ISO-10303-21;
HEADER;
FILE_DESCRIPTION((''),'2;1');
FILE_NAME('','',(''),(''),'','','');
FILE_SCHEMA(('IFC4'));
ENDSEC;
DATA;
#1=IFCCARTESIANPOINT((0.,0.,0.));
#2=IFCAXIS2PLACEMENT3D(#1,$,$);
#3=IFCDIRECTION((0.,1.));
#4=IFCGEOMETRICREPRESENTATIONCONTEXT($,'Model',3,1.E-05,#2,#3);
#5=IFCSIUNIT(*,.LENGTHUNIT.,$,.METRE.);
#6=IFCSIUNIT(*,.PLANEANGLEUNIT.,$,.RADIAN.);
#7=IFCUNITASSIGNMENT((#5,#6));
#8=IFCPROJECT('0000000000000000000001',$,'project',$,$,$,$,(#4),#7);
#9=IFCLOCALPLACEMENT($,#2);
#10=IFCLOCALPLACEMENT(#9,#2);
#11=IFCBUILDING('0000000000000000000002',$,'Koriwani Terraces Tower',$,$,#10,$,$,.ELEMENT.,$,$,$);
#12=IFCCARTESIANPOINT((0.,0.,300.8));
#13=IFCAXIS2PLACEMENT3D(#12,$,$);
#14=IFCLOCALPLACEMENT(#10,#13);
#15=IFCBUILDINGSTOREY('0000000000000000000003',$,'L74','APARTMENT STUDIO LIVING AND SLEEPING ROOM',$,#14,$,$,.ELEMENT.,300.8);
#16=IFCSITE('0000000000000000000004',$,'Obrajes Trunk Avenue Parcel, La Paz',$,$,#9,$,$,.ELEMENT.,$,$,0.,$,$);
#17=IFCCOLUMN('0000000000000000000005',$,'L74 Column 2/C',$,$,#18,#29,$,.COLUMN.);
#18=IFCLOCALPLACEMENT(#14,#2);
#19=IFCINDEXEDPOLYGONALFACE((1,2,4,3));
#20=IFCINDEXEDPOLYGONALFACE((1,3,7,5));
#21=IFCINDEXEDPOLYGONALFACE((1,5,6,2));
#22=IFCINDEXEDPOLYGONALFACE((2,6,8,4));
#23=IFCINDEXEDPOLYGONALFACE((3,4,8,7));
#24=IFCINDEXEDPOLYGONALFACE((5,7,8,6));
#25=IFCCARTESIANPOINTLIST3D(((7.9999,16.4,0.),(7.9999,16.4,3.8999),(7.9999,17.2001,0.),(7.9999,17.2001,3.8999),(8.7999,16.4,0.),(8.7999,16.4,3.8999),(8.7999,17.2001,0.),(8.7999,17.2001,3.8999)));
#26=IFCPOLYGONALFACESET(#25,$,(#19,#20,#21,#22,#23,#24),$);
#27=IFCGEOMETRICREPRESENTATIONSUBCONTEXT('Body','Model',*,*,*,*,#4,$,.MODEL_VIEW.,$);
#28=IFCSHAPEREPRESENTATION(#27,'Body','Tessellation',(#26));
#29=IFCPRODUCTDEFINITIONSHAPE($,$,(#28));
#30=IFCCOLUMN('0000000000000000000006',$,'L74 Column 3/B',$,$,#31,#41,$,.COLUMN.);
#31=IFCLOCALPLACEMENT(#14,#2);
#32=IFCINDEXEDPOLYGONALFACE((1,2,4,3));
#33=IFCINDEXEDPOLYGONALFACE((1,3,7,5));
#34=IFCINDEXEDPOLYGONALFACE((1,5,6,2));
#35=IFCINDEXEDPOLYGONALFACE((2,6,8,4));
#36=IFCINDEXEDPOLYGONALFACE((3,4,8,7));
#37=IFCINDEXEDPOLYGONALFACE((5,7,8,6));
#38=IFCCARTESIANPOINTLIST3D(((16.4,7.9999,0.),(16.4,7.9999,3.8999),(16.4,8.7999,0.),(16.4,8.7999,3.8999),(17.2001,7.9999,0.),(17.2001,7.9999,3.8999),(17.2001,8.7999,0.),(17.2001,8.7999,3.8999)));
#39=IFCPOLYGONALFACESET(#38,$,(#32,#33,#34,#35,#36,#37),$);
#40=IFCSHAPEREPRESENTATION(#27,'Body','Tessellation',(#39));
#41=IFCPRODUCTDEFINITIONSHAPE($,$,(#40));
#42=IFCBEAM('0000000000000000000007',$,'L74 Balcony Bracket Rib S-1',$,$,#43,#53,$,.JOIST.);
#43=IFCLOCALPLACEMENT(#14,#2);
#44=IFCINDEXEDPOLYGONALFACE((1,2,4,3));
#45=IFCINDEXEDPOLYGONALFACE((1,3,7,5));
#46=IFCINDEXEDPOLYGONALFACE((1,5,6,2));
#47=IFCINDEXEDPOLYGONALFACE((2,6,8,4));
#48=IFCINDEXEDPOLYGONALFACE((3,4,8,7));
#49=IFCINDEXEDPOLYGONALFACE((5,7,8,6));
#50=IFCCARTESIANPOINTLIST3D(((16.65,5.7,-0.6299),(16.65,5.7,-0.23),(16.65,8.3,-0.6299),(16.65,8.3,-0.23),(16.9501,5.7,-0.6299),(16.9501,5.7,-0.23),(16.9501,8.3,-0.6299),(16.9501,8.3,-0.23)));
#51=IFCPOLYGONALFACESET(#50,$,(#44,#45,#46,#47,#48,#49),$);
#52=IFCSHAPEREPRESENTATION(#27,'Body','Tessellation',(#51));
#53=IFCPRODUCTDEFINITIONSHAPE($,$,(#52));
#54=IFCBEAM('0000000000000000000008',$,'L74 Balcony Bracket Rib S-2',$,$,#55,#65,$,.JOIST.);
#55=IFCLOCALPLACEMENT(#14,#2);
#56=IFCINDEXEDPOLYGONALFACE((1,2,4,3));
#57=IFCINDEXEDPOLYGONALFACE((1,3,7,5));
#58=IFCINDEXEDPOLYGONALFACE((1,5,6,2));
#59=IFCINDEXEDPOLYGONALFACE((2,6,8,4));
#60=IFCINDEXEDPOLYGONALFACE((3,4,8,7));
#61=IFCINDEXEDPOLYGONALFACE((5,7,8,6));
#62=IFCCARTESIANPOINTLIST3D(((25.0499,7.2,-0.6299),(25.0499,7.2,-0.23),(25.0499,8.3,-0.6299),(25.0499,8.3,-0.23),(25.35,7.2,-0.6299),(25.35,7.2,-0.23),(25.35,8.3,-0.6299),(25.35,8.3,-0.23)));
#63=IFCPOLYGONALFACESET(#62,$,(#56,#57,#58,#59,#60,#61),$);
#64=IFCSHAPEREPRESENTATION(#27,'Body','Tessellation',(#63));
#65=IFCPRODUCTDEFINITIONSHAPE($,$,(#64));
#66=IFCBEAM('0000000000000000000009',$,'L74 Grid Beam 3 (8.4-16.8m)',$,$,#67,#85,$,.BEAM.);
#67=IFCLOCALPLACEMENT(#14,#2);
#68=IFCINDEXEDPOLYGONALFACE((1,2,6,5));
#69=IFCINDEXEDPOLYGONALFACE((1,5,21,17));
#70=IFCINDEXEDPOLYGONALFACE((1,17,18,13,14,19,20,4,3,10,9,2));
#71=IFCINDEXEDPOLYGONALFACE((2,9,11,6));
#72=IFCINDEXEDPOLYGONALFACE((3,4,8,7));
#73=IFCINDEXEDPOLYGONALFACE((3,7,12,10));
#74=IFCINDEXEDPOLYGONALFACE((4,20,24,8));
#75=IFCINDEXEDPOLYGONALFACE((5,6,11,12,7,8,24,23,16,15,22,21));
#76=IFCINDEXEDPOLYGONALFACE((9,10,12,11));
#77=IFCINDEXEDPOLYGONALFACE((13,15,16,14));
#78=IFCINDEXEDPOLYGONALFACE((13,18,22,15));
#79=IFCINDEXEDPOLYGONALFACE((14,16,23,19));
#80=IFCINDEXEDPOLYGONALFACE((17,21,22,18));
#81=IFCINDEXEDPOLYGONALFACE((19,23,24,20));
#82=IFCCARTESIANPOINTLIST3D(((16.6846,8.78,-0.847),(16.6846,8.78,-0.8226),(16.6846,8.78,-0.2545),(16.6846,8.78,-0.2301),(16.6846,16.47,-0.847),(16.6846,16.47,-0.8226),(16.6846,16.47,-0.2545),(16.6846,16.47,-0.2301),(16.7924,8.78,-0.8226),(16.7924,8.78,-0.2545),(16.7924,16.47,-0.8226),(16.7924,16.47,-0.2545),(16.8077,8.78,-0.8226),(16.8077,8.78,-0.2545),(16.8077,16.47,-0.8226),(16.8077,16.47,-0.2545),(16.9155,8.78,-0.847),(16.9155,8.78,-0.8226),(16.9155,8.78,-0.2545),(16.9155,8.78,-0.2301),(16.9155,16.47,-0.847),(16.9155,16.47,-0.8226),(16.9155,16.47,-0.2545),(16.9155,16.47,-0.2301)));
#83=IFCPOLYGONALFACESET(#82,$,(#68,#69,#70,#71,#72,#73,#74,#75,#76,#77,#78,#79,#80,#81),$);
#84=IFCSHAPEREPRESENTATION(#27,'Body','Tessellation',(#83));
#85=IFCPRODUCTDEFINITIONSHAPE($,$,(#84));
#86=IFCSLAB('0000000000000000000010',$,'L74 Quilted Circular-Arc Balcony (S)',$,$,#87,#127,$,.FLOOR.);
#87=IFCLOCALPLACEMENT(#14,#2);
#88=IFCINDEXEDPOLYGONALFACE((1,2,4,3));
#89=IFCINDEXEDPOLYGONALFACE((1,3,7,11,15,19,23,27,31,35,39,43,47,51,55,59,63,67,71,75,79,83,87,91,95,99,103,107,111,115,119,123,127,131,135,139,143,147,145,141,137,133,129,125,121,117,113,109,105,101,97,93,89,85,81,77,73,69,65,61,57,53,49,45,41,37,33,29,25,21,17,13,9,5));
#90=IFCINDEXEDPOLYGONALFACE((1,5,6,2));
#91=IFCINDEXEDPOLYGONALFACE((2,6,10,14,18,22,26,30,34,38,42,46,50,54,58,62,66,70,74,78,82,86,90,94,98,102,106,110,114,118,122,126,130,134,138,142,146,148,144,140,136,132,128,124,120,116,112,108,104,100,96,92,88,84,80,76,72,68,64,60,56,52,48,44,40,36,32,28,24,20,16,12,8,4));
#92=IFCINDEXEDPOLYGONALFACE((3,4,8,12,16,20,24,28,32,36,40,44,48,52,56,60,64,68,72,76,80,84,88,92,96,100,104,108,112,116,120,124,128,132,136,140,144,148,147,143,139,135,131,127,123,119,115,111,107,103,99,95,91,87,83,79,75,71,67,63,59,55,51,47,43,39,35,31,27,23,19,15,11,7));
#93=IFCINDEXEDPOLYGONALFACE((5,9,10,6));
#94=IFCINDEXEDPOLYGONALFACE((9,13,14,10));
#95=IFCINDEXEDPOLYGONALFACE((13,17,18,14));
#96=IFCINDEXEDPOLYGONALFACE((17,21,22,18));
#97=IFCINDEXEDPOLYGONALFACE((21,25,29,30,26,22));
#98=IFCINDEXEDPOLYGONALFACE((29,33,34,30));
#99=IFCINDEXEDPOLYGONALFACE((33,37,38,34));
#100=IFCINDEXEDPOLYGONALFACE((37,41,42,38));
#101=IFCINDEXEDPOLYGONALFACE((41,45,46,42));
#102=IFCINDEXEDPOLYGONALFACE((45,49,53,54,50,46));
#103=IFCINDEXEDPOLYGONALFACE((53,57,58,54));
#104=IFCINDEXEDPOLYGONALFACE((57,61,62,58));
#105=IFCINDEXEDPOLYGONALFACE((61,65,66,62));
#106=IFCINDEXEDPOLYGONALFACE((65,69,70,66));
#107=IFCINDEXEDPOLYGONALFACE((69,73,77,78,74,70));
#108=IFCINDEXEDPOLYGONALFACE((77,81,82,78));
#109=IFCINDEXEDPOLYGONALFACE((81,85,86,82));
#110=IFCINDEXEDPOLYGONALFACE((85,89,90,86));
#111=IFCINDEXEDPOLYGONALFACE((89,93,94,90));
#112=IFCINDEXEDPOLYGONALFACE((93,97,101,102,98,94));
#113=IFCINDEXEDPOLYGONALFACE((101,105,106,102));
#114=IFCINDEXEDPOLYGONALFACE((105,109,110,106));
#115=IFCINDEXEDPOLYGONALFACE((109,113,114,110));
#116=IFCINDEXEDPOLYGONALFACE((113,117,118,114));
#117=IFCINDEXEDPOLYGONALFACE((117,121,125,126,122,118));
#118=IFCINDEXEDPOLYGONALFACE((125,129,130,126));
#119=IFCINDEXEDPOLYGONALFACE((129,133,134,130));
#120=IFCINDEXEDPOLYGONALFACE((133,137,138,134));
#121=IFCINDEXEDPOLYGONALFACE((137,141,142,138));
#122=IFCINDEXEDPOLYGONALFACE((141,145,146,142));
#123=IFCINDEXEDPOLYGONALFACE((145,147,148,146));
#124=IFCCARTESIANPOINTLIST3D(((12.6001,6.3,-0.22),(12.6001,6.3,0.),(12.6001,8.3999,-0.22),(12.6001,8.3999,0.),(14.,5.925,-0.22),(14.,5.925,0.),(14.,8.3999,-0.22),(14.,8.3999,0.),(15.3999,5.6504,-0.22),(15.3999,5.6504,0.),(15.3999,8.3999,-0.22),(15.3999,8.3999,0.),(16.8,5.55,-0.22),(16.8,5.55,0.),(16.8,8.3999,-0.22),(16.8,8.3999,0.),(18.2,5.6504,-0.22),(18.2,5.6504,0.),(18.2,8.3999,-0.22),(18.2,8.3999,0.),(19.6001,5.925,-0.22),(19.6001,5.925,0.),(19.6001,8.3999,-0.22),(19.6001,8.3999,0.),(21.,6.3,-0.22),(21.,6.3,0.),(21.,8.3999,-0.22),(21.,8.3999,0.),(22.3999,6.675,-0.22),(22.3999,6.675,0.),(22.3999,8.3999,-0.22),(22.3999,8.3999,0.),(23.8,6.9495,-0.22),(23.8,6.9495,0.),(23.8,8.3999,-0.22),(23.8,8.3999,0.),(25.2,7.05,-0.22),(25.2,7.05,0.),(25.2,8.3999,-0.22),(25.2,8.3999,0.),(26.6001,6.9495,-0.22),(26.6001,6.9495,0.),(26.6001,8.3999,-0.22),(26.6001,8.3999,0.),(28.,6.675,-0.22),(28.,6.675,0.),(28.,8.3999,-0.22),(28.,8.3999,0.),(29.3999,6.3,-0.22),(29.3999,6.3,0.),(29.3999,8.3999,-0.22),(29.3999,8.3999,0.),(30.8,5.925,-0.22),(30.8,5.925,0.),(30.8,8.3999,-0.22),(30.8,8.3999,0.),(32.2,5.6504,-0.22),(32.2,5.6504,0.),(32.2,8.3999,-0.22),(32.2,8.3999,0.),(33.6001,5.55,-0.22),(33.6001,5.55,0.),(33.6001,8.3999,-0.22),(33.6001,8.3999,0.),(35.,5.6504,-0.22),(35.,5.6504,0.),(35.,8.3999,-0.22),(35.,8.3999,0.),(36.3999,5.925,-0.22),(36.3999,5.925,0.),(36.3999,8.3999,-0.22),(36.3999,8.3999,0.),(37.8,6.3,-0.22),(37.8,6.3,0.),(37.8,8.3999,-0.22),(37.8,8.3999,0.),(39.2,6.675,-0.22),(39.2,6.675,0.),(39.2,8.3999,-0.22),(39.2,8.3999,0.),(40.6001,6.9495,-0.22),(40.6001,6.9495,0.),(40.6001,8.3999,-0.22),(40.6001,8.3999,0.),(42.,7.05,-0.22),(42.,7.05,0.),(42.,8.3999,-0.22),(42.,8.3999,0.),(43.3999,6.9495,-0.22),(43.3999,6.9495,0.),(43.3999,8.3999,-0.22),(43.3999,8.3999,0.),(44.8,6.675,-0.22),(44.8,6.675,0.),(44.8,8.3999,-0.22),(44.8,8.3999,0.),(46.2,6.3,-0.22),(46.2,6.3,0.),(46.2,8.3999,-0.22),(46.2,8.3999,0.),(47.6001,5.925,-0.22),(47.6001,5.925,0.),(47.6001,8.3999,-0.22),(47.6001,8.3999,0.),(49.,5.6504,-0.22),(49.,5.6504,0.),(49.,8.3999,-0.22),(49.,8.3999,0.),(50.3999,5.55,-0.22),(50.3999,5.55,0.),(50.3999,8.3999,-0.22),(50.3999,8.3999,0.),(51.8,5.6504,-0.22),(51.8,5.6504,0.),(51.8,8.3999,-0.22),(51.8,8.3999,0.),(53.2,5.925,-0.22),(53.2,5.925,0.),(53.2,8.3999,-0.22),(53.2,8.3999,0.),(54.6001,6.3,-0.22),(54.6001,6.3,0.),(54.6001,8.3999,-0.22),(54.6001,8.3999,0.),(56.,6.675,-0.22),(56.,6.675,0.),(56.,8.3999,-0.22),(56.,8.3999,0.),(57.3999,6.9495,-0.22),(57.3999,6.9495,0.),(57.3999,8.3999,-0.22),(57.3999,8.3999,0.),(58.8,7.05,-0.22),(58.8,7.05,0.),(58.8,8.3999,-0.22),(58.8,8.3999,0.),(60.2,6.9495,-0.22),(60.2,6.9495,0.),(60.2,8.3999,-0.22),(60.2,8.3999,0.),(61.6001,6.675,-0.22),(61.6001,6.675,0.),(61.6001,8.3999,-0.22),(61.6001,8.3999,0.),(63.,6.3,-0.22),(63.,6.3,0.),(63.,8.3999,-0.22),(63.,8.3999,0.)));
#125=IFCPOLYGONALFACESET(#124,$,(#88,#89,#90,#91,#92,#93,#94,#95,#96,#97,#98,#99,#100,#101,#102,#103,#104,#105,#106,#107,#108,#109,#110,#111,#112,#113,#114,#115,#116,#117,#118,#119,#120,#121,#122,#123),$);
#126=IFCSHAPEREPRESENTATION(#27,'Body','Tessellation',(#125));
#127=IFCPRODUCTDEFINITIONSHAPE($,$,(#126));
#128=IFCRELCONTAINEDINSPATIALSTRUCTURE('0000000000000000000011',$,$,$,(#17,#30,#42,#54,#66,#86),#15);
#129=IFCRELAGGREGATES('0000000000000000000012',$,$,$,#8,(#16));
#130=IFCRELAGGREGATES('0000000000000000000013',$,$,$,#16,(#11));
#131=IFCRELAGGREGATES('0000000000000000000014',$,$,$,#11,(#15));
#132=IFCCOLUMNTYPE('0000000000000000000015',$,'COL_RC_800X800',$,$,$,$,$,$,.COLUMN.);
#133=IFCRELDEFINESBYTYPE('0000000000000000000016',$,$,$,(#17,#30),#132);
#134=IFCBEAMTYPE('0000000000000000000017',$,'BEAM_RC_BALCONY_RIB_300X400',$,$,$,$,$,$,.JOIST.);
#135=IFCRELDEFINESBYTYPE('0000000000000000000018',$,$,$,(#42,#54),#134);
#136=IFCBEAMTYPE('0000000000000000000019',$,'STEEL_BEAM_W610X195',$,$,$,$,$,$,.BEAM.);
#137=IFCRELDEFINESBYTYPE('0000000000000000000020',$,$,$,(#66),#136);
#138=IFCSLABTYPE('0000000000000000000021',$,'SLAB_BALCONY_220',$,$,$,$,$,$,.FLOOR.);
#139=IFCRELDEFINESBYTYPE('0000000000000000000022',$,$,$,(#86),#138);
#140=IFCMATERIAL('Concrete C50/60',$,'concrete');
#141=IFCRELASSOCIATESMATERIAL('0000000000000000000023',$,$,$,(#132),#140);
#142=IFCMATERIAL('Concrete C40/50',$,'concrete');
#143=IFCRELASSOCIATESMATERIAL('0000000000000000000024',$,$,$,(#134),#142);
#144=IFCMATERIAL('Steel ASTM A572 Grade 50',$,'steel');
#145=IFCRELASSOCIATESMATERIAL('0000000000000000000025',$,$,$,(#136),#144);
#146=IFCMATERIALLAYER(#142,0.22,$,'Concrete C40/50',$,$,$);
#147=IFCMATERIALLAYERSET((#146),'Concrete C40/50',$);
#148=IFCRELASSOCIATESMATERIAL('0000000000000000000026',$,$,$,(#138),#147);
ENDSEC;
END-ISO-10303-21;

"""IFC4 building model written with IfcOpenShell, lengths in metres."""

from ifc_helpers import new_model, si_unit, direction, frame, origin, origin_2d, place, context, subcontext, project, spatial, polyline, rectangle, i_section, outline, extrude, material, layer, layer_set, material_profile, profile_set, type_object, element, save


model = new_model("IFC4")

# Units and contexts
model_context = context("Model", 3, precision=1e-05, world=origin(), true_north=direction((0.0, 1.0)))
body_context = subcontext(model_context, "Body", "Model", "MODEL_VIEW")
ifc_project = project(units=[si_unit("LENGTHUNIT", "METRE"), si_unit("PLANEANGLEUNIT", "RADIAN")], contexts=[model_context])

# Site, building, storey
site_placement = place(None, origin())
site = spatial("IfcSite", under=ifc_project, at=site_placement, Name="Obrajes Trunk Avenue Parcel, La Paz", CompositionType="ELEMENT", RefElevation=0.0)
building_placement = place(site_placement, origin())
building = spatial("IfcBuilding", under=site, at=building_placement, Name="Koriwani Terraces Tower", CompositionType="ELEMENT")
storey_placement = place(building_placement, frame((0.0, 0.0, 300.8)))
storey = spatial("IfcBuildingStorey", under=building, at=storey_placement, Name="L74", Description="APARTMENT STUDIO LIVING AND SLEEPING ROOM", CompositionType="ELEMENT", Elevation=300.8)

# Columns
ifc_material_1 = material(Name="Concrete C50/60", Category="concrete")
ifc_material_profile_1 = material_profile(ifc_material_1, rectangle(XDim=0.8, YDim=0.8, at=origin_2d()), Name="Concrete C50/60", Category="LoadBearing")
ifc_profile_set_1 = profile_set([ifc_material_profile_1], Name="Concrete C50/60")
column_type = type_object("IfcColumnType", Name="COL_RC_800X800", PredefinedType="COLUMN", material=ifc_profile_set_1)
for number, where, z_axis, x_axis, name in (
    (1, (8.3999, 16.8, 0.0), (0.0, 0.0, 1.0), (1.0, 0.0, 0.0), "L74 Column 2/C"),
    (2, (16.8, 8.3999, 0.0), (0.0, 0.0, 1.0), (1.0, 0.0, 0.0), "L74 Column 3/B"),
):
    element("IfcColumn", number, at=place(storey_placement, frame(where, z_axis=z_axis, x_axis=x_axis)), inside=storey, type_object=column_type, Name=name, PredefinedType="COLUMN", context=body_context, shape_type="SweptSolid", body=[
        extrude(rectangle(XDim=0.8, YDim=0.8, at=origin_2d()), origin(), (0.0, 0.0, 1.0), 3.8999),
    ])

# Beams
ifc_material_2 = material(Name="Concrete C40/50", Category="concrete")
ifc_material_profile_2 = material_profile(ifc_material_2, rectangle(XDim=0.3, YDim=0.3999, at=origin_2d()), Name="Concrete C40/50", Category="LoadBearing")
ifc_profile_set_2 = profile_set([ifc_material_profile_2], Name="Concrete C40/50")
beam_type_1 = type_object("IfcBeamType", Name="BEAM_RC_BALCONY_RIB_300X400", PredefinedType="JOIST", material=ifc_profile_set_2)
beam_1_placement = place(storey_placement, frame((16.8, 5.7, -0.4299), z_axis=(0.0, 1.0, 0.0), x_axis=(-1.0, 0.0, 0.0)))
element("IfcBeam", 3, at=beam_1_placement, inside=storey, type_object=beam_type_1, Name="L74 Balcony Bracket Rib S-1", PredefinedType="JOIST", context=body_context, shape_type="SweptSolid", body=[
    extrude(rectangle(XDim=0.3, YDim=0.3999, at=origin_2d()), origin(), (0.0, 0.0, 1.0), 2.6001),
])
beam_2_placement = place(storey_placement, frame((25.2, 7.2, -0.4299), z_axis=(0.0, 1.0, 0.0), x_axis=(-1.0, 0.0, 0.0)))
element("IfcBeam", 4, at=beam_2_placement, inside=storey, type_object=beam_type_1, Name="L74 Balcony Bracket Rib S-2", PredefinedType="JOIST", context=body_context, shape_type="SweptSolid", body=[
    extrude(rectangle(XDim=0.3, YDim=0.3999, at=origin_2d()), origin(), (0.0, 0.0, 1.0), 1.1001),
])
ifc_material_3 = material(Name="Steel ASTM A572 Grade 50", Category="steel")
ifc_material_profile_3 = material_profile(ifc_material_3, i_section(OverallWidth=0.231, OverallDepth=0.6169, WebThickness=0.0154, FlangeThickness=0.0244, at=origin_2d()), Name="Steel ASTM A572 Grade 50", Category="LoadBearing")
ifc_profile_set_3 = profile_set([ifc_material_profile_3], Name="Steel ASTM A572 Grade 50")
beam_type_2 = type_object("IfcBeamType", Name="STEEL_BEAM_W610X195", PredefinedType="BEAM", material=ifc_profile_set_3)
beam_3_placement = place(storey_placement, frame((16.8, 8.78, -0.5386), z_axis=(0.0, 1.0, 0.0), x_axis=(-1.0, 0.0, 0.0)))
element("IfcBeam", 5, at=beam_3_placement, inside=storey, type_object=beam_type_2, Name="L74 Grid Beam 3 (8.4-16.8m)", PredefinedType="BEAM", context=body_context, shape_type="SweptSolid", body=[
    extrude(i_section(OverallWidth=0.231, OverallDepth=0.6169, WebThickness=0.0154, FlangeThickness=0.0244, at=origin_2d()), origin(), (0.0, 0.0, 1.0), 7.6899),
])

# Slab
ifc_layer_1 = layer(ifc_material_2, 0.22, Name="Concrete C40/50")
ifc_layer_set_1 = layer_set([ifc_layer_1], Name="Concrete C40/50")
slab_type_1 = type_object("IfcSlabType", Name="SLAB_BALCONY_220", PredefinedType="FLOOR", material=ifc_layer_set_1)
slab_1_placement = place(storey_placement, frame((0.0, 0.0, -0.22)))
element("IfcSlab", 6, at=slab_1_placement, inside=storey, type_object=slab_type_1, Name="L74 Quilted Circular-Arc Balcony (S)", PredefinedType="FLOOR", context=body_context, shape_type="SweptSolid", body=[
    extrude(outline(polyline([(12.6001, 8.3999), (14.0, 8.3999), (15.3999, 8.3999), (16.8, 8.3999), (18.2, 8.3999), (19.6001, 8.3999), (21.0, 8.3999), (22.3999, 8.3999), (23.8, 8.3999), (25.2, 8.3999), (26.6001, 8.3999), (28.0, 8.3999), (29.3999, 8.3999), (30.8, 8.3999), (32.2, 8.3999), (33.6001, 8.3999), (35.0, 8.3999), (36.3999, 8.3999), (37.8, 8.3999), (39.2, 8.3999), (40.6001, 8.3999), (42.0, 8.3999), (43.3999, 8.3999), (44.8, 8.3999), (46.2, 8.3999), (47.6001, 8.3999), (49.0, 8.3999), (50.3999, 8.3999), (51.8, 8.3999), (53.2, 8.3999), (54.6001, 8.3999), (56.0, 8.3999), (57.3999, 8.3999), (58.8, 8.3999), (60.2, 8.3999), (61.6001, 8.3999), (63.0, 8.3999), (63.0, 6.3), (61.6001, 6.675), (60.2, 6.9495), (58.8, 7.05), (57.3999, 6.9495), (56.0, 6.675), (54.6001, 6.3), (53.2, 5.925), (51.8, 5.6504), (50.3999, 5.55), (49.0, 5.6504), (47.6001, 5.925), (46.2, 6.3), (44.8, 6.675), (43.3999, 6.9495), (42.0, 7.05), (40.6001, 6.9495), (39.2, 6.675), (37.8, 6.3), (36.3999, 5.925), (35.0, 5.6504), (33.6001, 5.55), (32.2, 5.6504), (30.8, 5.925), (29.3999, 6.3), (28.0, 6.675), (26.6001, 6.9495), (25.2, 7.05), (23.8, 6.9495), (22.3999, 6.675), (21.0, 6.3), (19.6001, 5.925), (18.2, 5.6504), (16.8, 5.55), (15.3999, 5.6504), (14.0, 5.925), (12.6001, 6.3), (12.6001, 8.3999)])), origin(), (0.0, 0.0, 1.0), 0.22),
])

save(model, "model.ifc")
